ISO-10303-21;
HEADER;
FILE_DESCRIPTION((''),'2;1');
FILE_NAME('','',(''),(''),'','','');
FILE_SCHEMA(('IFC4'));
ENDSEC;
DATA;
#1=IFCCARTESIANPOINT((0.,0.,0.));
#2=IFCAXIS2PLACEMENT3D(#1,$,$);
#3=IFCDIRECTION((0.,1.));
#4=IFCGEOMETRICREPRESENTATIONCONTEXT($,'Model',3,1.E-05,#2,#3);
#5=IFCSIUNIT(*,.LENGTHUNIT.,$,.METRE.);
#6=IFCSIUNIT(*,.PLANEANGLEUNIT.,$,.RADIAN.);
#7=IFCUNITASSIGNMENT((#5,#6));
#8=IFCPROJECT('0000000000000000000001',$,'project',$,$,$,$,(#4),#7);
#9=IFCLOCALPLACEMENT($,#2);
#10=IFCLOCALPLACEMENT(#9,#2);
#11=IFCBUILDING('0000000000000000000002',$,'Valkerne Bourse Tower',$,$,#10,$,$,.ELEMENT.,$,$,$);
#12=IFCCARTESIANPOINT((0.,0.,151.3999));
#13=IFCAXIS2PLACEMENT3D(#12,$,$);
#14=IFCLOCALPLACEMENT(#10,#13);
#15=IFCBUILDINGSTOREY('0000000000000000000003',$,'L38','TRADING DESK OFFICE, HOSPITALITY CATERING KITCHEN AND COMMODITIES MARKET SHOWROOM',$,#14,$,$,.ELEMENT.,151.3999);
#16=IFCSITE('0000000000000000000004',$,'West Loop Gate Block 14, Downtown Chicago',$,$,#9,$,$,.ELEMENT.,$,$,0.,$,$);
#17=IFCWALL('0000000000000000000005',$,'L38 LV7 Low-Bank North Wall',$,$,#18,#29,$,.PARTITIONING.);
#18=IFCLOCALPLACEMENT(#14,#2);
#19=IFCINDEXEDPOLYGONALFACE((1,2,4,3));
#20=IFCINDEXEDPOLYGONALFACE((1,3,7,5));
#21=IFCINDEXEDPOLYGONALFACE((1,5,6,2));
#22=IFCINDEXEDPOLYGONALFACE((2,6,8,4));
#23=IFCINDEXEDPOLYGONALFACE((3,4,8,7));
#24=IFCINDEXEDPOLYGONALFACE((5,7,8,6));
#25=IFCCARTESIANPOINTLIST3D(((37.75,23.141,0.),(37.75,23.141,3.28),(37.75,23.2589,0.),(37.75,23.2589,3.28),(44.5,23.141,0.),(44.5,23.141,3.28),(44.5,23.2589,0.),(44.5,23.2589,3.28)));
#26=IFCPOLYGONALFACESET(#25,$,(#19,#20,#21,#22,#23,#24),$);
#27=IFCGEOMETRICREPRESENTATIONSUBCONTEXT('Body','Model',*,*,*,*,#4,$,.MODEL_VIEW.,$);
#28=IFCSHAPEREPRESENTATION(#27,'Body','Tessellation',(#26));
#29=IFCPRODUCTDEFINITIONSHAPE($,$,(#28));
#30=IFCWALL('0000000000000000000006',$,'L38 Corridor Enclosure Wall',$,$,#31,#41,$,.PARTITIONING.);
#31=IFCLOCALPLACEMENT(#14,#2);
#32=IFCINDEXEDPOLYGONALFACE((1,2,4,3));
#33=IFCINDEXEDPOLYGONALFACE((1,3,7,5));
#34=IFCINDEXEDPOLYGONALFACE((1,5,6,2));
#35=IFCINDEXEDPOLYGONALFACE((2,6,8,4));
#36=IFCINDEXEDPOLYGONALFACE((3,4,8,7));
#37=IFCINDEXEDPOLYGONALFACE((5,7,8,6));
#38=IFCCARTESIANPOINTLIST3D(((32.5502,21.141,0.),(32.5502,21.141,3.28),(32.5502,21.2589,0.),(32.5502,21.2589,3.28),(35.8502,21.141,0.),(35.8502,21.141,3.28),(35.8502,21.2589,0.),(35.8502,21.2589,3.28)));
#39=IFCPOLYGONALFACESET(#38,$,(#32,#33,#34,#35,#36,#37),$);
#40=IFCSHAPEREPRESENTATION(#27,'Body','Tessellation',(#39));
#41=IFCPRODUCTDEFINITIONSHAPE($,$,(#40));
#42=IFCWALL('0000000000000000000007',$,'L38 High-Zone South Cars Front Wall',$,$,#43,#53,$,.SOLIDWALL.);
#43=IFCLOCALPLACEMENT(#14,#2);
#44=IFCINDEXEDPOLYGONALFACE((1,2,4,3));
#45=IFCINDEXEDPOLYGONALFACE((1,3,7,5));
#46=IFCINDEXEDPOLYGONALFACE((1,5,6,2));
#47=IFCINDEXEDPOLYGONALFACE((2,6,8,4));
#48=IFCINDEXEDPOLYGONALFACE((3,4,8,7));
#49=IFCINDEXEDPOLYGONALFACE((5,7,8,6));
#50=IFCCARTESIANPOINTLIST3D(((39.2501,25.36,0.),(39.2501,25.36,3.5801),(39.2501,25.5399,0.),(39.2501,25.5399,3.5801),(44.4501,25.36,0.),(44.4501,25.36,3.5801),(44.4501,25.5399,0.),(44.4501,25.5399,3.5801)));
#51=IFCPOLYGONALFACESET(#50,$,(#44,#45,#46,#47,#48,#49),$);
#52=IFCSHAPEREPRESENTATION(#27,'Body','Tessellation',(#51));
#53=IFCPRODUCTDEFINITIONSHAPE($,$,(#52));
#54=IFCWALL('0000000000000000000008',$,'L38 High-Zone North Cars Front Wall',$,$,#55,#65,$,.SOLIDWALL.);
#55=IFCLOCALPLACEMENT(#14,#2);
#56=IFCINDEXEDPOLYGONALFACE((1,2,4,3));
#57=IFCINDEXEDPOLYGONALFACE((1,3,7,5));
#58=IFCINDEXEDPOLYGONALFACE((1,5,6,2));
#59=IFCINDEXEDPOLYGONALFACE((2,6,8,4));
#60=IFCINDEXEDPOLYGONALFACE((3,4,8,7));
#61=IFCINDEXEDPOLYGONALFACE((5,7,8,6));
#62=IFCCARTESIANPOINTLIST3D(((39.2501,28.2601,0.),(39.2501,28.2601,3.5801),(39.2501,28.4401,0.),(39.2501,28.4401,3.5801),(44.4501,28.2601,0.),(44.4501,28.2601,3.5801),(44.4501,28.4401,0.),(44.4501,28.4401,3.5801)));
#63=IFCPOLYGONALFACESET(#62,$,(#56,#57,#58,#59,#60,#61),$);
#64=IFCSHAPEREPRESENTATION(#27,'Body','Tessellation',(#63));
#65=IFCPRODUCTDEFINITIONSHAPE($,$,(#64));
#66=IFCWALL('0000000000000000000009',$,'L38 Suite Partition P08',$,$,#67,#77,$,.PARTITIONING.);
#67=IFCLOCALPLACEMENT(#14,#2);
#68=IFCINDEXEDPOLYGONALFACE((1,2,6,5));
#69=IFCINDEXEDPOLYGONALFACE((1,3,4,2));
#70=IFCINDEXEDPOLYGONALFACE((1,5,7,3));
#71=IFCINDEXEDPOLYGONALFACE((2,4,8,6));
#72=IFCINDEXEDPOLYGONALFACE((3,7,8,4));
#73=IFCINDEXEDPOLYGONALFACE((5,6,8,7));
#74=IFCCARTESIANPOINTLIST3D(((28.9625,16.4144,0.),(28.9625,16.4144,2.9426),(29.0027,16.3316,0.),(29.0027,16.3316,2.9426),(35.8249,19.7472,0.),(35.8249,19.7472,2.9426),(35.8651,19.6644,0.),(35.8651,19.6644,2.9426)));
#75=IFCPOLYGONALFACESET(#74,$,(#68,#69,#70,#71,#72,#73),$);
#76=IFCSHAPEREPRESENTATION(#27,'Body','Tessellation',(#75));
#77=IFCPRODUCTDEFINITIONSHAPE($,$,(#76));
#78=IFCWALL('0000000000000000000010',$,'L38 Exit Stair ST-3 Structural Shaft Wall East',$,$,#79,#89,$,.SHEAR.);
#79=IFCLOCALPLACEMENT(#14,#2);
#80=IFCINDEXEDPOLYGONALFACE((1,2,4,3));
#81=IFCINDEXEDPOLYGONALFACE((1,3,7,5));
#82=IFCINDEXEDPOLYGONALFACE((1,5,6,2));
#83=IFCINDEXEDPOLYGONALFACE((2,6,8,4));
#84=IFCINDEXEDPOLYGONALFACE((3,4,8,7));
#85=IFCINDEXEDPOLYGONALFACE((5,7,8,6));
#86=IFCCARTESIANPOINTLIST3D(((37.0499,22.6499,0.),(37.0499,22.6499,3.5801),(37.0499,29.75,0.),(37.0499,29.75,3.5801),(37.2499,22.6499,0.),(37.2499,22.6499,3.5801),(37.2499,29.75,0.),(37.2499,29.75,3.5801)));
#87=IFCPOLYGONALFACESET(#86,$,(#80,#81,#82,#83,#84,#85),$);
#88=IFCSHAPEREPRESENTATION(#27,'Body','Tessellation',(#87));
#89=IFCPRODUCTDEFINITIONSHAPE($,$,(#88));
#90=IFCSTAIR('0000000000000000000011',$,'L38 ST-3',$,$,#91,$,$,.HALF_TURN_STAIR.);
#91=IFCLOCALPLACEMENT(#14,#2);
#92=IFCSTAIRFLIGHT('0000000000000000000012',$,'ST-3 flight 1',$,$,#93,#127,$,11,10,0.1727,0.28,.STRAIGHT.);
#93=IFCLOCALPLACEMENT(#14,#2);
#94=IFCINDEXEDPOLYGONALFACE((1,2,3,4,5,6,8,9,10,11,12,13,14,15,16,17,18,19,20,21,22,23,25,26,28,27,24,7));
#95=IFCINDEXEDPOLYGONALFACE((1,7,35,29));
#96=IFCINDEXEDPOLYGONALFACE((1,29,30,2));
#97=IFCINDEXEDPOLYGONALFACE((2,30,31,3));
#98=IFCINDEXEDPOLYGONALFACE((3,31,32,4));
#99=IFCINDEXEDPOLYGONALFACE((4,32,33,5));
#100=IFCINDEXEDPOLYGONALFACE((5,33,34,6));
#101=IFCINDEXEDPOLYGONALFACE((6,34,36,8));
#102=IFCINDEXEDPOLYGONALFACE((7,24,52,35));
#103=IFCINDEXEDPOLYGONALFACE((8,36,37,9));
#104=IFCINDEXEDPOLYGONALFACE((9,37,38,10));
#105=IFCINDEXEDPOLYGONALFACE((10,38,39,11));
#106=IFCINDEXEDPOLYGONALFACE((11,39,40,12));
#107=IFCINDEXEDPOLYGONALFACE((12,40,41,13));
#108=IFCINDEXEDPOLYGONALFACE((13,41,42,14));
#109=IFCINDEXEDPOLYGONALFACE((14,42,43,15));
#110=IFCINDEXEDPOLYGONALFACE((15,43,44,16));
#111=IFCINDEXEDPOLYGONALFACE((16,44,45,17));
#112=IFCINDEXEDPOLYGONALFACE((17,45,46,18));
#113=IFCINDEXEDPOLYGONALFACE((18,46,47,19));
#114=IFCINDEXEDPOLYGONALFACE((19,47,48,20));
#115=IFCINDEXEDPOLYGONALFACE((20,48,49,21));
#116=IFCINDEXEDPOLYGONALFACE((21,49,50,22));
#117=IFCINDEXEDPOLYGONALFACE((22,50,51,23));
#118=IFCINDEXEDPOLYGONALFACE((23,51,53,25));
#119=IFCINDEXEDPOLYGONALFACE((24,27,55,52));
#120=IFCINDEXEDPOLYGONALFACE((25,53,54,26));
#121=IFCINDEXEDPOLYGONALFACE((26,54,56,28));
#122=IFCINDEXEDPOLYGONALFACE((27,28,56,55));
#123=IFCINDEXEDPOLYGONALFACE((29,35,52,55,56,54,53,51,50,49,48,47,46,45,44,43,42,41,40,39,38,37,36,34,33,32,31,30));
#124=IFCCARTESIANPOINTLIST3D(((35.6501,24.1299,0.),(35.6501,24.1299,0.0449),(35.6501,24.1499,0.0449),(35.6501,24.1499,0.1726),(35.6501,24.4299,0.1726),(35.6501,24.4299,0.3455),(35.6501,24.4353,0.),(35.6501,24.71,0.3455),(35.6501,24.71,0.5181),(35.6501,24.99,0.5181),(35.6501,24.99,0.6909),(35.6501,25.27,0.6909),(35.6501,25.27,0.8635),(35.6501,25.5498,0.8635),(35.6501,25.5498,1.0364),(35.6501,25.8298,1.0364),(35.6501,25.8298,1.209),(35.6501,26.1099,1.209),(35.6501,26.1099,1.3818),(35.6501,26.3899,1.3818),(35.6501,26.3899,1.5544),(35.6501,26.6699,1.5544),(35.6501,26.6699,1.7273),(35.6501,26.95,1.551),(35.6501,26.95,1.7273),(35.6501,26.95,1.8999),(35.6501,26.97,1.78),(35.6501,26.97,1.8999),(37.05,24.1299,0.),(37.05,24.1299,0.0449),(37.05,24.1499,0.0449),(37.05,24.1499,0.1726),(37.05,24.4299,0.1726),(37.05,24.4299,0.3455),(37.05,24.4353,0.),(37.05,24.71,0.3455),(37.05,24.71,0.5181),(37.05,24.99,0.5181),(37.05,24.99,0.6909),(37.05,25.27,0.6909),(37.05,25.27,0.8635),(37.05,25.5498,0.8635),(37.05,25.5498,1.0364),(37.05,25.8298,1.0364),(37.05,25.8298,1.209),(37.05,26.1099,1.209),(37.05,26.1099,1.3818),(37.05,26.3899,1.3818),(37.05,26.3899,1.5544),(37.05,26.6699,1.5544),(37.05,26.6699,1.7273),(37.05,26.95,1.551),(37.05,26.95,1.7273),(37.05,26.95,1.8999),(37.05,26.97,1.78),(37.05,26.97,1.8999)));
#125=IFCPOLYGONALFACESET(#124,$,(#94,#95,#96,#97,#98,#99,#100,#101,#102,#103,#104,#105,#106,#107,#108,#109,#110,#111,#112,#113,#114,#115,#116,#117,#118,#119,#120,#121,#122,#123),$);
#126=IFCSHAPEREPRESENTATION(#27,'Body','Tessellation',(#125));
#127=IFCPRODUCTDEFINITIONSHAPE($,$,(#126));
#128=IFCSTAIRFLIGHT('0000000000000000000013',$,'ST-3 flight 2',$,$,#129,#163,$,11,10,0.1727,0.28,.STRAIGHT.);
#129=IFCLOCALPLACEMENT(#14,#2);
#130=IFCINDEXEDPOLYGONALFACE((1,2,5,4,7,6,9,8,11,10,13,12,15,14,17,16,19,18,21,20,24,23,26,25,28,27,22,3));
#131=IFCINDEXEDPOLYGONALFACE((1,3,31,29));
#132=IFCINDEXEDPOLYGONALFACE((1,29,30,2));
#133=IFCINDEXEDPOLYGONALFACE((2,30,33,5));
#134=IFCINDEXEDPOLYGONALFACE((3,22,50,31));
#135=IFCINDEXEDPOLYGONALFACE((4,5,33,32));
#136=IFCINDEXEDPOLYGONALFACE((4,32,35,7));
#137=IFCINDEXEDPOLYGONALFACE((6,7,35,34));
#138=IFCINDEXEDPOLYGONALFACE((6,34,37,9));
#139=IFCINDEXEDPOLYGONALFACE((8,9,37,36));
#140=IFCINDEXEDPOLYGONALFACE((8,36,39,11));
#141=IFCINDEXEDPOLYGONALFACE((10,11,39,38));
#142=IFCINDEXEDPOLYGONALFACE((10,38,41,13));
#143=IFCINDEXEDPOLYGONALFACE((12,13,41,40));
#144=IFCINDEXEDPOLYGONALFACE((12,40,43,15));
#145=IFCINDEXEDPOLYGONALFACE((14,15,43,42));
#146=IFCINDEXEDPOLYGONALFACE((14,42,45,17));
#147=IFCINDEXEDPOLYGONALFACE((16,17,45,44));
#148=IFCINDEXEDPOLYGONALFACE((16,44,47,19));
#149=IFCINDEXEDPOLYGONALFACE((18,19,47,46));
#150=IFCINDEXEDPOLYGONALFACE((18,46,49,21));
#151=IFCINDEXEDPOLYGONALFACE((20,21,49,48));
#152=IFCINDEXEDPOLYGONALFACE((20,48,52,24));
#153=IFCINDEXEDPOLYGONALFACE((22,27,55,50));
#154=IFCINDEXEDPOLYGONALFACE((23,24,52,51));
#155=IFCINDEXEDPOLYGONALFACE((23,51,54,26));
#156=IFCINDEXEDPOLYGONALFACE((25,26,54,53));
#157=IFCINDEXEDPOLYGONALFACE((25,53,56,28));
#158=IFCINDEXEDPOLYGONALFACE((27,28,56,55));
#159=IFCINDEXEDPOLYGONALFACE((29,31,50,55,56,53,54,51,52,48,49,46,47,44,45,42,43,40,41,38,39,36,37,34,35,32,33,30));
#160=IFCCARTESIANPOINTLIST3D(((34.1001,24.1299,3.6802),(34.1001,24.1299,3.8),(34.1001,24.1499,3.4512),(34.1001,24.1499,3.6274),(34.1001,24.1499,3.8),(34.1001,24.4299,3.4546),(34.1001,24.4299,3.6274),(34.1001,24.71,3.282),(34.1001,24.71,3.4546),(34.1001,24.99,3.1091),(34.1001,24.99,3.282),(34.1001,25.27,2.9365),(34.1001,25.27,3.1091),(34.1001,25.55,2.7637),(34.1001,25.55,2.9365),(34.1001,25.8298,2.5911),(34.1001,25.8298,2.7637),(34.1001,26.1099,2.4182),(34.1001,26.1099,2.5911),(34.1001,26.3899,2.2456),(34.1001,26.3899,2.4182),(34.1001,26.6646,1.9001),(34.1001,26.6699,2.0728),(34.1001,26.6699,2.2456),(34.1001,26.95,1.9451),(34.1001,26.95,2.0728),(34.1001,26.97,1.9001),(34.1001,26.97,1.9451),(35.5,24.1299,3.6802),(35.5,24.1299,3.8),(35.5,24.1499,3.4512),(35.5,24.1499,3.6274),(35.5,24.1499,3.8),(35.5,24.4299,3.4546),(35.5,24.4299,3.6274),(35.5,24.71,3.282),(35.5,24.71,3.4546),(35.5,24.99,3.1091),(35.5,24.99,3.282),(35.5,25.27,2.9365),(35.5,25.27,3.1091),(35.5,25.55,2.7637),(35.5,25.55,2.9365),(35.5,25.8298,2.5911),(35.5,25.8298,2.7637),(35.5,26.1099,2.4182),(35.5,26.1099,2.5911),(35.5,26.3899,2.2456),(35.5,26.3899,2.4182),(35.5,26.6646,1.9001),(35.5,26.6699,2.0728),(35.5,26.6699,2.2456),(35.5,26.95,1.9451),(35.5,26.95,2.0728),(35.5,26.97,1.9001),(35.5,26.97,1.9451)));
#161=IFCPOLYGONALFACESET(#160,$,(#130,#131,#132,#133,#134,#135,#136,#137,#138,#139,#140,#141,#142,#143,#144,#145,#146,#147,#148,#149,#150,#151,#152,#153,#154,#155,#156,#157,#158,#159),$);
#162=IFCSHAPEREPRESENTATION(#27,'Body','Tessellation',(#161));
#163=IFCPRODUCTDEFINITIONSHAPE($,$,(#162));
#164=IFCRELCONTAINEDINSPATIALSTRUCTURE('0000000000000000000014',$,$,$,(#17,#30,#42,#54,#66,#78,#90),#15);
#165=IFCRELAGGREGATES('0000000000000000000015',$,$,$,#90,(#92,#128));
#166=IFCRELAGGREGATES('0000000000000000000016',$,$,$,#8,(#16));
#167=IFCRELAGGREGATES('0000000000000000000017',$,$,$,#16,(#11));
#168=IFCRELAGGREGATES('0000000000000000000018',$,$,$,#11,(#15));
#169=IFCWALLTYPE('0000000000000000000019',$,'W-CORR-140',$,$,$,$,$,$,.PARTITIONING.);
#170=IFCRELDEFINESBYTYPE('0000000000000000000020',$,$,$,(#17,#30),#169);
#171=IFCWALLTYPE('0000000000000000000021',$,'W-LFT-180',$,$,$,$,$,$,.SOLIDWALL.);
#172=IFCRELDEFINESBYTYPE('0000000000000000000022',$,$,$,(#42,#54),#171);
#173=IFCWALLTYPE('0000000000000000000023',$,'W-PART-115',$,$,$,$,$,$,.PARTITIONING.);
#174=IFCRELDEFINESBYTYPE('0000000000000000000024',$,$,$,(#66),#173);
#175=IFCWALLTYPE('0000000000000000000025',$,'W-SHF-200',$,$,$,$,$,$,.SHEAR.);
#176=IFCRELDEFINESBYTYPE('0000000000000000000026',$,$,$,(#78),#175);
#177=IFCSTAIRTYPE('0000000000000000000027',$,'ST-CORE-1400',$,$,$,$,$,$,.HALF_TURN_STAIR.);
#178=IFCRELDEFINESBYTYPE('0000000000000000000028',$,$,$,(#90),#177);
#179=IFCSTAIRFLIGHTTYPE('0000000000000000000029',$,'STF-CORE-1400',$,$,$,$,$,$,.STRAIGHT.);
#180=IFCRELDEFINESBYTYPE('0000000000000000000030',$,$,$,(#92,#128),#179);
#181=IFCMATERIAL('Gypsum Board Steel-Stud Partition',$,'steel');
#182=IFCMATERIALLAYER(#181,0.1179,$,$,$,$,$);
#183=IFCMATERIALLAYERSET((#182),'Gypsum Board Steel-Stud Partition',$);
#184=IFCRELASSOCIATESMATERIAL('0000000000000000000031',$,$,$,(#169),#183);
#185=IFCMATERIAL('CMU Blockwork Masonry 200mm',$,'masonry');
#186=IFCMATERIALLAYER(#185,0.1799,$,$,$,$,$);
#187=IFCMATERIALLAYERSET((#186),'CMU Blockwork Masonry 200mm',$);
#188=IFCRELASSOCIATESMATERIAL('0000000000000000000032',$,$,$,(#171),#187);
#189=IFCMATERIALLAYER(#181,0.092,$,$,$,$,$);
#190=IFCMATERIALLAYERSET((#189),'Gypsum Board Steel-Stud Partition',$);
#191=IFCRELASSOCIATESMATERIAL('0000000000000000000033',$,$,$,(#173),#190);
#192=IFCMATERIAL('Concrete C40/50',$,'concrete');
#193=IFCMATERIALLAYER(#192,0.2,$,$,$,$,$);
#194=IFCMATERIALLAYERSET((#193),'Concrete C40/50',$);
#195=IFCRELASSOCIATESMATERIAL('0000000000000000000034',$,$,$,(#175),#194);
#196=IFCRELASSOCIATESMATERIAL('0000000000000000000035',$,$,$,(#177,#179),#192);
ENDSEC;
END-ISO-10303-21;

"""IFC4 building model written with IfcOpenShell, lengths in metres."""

from ifc_helpers import new_model, si_unit, direction, frame, frame_2d, origin, place, context, subcontext, project, spatial, polyline, rectangle, outline, extrude, material, layer, layer_set, type_object, element, aggregate, save


model = new_model("IFC4")

# Units and contexts
model_context = context("Model", 3, precision=1e-05, world=origin(), true_north=direction((0.0, 1.0)))
body_context = subcontext(model_context, "Body", "Model", "MODEL_VIEW")
ifc_project = project(units=[si_unit("LENGTHUNIT", "METRE"), si_unit("PLANEANGLEUNIT", "RADIAN")], contexts=[model_context])

# Site, building, storey
site_placement = place(None, origin())
site = spatial("IfcSite", under=ifc_project, at=site_placement, Name="West Loop Gate Block 14, Downtown Chicago", CompositionType="ELEMENT", RefElevation=0.0)
building_placement = place(site_placement, origin())
building = spatial("IfcBuilding", under=site, at=building_placement, Name="Valkerne Bourse Tower", CompositionType="ELEMENT")
storey_placement = place(building_placement, frame((0.0, 0.0, 151.3999)))
storey = spatial("IfcBuildingStorey", under=building, at=storey_placement, Name="L38", Description="TRADING DESK OFFICE, HOSPITALITY CATERING KITCHEN AND COMMODITIES MARKET SHOWROOM", CompositionType="ELEMENT", Elevation=151.3999)

# Walls
ifc_material_1 = material(Name="Gypsum Board Steel-Stud Partition", Category="steel")
ifc_layer_1 = layer(ifc_material_1, 0.1179)
ifc_layer_set_1 = layer_set([ifc_layer_1], Name="Gypsum Board Steel-Stud Partition")
wall_type_1 = type_object("IfcWallType", Name="W-CORR-140", PredefinedType="PARTITIONING", material=ifc_layer_set_1)
wall_1_placement = place(storey_placement, frame((37.75, 23.2, 0.0), z_axis=(0.0, 0.0, 1.0), x_axis=(1.0, 0.0, 0.0)))
element("IfcWall", 1, at=wall_1_placement, inside=storey, type_object=wall_type_1, Name="L38 LV7 Low-Bank North Wall", PredefinedType="PARTITIONING", context=body_context, shape_type="SweptSolid", body=[
    extrude(rectangle(XDim=6.75, YDim=0.1179, at=frame_2d((3.375, 0.0))), origin(), (0.0, 0.0, 1.0), 3.28),
])
wall_2_placement = place(storey_placement, frame((35.8501, 21.2, 0.0), z_axis=(0.0, 0.0, 1.0), x_axis=(-1.0, 0.0, 0.0)))
element("IfcWall", 2, at=wall_2_placement, inside=storey, type_object=wall_type_1, Name="L38 Corridor Enclosure Wall", PredefinedType="PARTITIONING", context=body_context, shape_type="SweptSolid", body=[
    extrude(rectangle(XDim=3.3, YDim=0.1179, at=frame_2d((1.6499, 0.0))), origin(), (0.0, 0.0, 1.0), 3.28),
])
ifc_material_2 = material(Name="CMU Blockwork Masonry 200mm", Category="masonry")
ifc_layer_2 = layer(ifc_material_2, 0.1799)
ifc_layer_set_2 = layer_set([ifc_layer_2], Name="CMU Blockwork Masonry 200mm")
wall_type_2 = type_object("IfcWallType", Name="W-LFT-180", PredefinedType="SOLIDWALL", material=ifc_layer_set_2)
for number, where, z_axis, x_axis, name in (
    (3, (39.25, 25.45, 0.0), (0.0, 0.0, 1.0), (1.0, 0.0, 0.0), "L38 High-Zone South Cars Front Wall"),
    (4, (39.25, 28.3501, 0.0), (0.0, 0.0, 1.0), (1.0, 0.0, 0.0), "L38 High-Zone North Cars Front Wall"),
):
    element("IfcWall", number, at=place(storey_placement, frame(where, z_axis=z_axis, x_axis=x_axis)), inside=storey, type_object=wall_type_2, Name=name, PredefinedType="SOLIDWALL", context=body_context, shape_type="SweptSolid", body=[
        extrude(rectangle(XDim=5.2, YDim=0.1799, at=frame_2d((2.6001, 0.0))), origin(), (0.0, 0.0, 1.0), 3.5801),
    ])
ifc_layer_3 = layer(ifc_material_1, 0.092)
ifc_layer_set_3 = layer_set([ifc_layer_3], Name="Gypsum Board Steel-Stud Partition")
wall_type_3 = type_object("IfcWallType", Name="W-PART-115", PredefinedType="PARTITIONING", material=ifc_layer_set_3)
wall_3_placement = place(storey_placement, frame((35.845, 19.7058, 0.0), z_axis=(0.0, 0.0, 1.0), x_axis=(-0.899526, -0.436866, 0.0)))
element("IfcWall", 5, at=wall_3_placement, inside=storey, type_object=wall_type_3, Name="L38 Suite Partition P08", PredefinedType="PARTITIONING", context=body_context, shape_type="SweptSolid", body=[
    extrude(rectangle(XDim=7.6289, YDim=0.092, at=frame_2d((3.8145, 0.0))), origin(), (0.0, 0.0, 1.0), 2.9426),
])
ifc_material_3 = material(Name="Concrete C40/50", Category="concrete")
ifc_layer_4 = layer(ifc_material_3, 0.2)
ifc_layer_set_4 = layer_set([ifc_layer_4], Name="Concrete C40/50")
wall_type_4 = type_object("IfcWallType", Name="W-SHF-200", PredefinedType="SHEAR", material=ifc_layer_set_4)
wall_4_placement = place(storey_placement, frame((37.1499, 22.6499, 0.0), z_axis=(0.0, 0.0, 1.0), x_axis=(0.0, 1.0, 0.0)))
element("IfcWall", 6, at=wall_4_placement, inside=storey, type_object=wall_type_4, Name="L38 Exit Stair ST-3 Structural Shaft Wall East", PredefinedType="SHEAR", context=body_context, shape_type="SweptSolid", body=[
    extrude(rectangle(XDim=7.1001, YDim=0.2, at=frame_2d((3.55, 0.0))), origin(), (0.0, 0.0, 1.0), 3.5801),
])

# Stair, stair flights
stair_type = type_object("IfcStairType", Name="ST-CORE-1400", PredefinedType="HALF_TURN_STAIR", material=ifc_material_3)
stair_placement = place(storey_placement, origin())
stair = element("IfcStair", 7, at=stair_placement, inside=storey, type_object=stair_type, Name="L38 ST-3", PredefinedType="HALF_TURN_STAIR")
stair_flight_type = type_object("IfcStairFlightType", Name="STF-CORE-1400", PredefinedType="STRAIGHT", material=ifc_material_3)
stair_flight_1_placement = place(storey_placement, frame((36.3501, 24.1499, 0.0), z_axis=(0.0, 0.0, 1.0), x_axis=(0.0, 1.0, 0.0)))
stair_flight_1 = element("IfcStairFlight", 8, at=stair_flight_1_placement, type_object=stair_flight_type, Name="ST-3 flight 1", NumberOfRisers=11, NumberOfTreads=10, PredefinedType="STRAIGHT", RiserHeight=0.1727, TreadLength=0.28, context=body_context, shape_type="SweptSolid", body=[
    extrude(outline(polyline([(-0.02, 0.0), (-0.02, 0.0449), (0.0, 0.0449), (0.0, 0.1726), (0.28, 0.1726), (0.28, 0.3455), (0.5601, 0.3455), (0.5601, 0.5181), (0.8401, 0.5181), (0.8401, 0.6909), (1.1201, 0.6909), (1.1201, 0.8635), (1.3999, 0.8635), (1.3999, 1.0364), (1.6799, 1.0364), (1.6799, 1.209), (1.96, 1.209), (1.96, 1.3818), (2.24, 1.3818), (2.24, 1.5544), (2.52, 1.5544), (2.52, 1.7273), (2.8, 1.7273), (2.8, 1.8999), (2.8201, 1.8999), (2.8201, 1.78), (2.8, 1.551), (0.2854, 0.0), (-0.02, 0.0)])), frame((0.0, 0.7, 0.0), z_axis=(0.0, -1.0, 0.0), x_axis=(1.0, 0.0, 0.0)), (0.0, 0.0, 1.0), 1.3999),
])
stair_flight_2_placement = place(storey_placement, frame((34.8, 26.95, 1.9001), z_axis=(0.0, 0.0, 1.0), x_axis=(0.0, -1.0, 0.0)))
stair_flight_2 = element("IfcStairFlight", 9, at=stair_flight_2_placement, type_object=stair_flight_type, Name="ST-3 flight 2", NumberOfRisers=11, NumberOfTreads=10, PredefinedType="STRAIGHT", RiserHeight=0.1727, TreadLength=0.28, context=body_context, shape_type="SweptSolid", body=[
    extrude(outline(polyline([(-0.02, 0.0), (-0.02, 0.0449), (0.0, 0.0449), (0.0, 0.1726), (0.28, 0.1726), (0.28, 0.3455), (0.5601, 0.3455), (0.5601, 0.5181), (0.8401, 0.5181), (0.8401, 0.6909), (1.1201, 0.6909), (1.1201, 0.8635), (1.3999, 0.8635), (1.3999, 1.0364), (1.6799, 1.0364), (1.6799, 1.209), (1.96, 1.209), (1.96, 1.3818), (2.24, 1.3818), (2.24, 1.5544), (2.52, 1.5544), (2.52, 1.7273), (2.8, 1.7273), (2.8, 1.8999), (2.8201, 1.8999), (2.8201, 1.78), (2.8, 1.551), (0.2854, 0.0), (-0.02, 0.0)])), frame((0.0, 0.7, 0.0), z_axis=(0.0, -1.0, 0.0), x_axis=(1.0, 0.0, 0.0)), (0.0, 0.0, 1.0), 1.3999),
])
aggregate(stair, [stair_flight_1, stair_flight_2])

save(model, "model.ifc")
